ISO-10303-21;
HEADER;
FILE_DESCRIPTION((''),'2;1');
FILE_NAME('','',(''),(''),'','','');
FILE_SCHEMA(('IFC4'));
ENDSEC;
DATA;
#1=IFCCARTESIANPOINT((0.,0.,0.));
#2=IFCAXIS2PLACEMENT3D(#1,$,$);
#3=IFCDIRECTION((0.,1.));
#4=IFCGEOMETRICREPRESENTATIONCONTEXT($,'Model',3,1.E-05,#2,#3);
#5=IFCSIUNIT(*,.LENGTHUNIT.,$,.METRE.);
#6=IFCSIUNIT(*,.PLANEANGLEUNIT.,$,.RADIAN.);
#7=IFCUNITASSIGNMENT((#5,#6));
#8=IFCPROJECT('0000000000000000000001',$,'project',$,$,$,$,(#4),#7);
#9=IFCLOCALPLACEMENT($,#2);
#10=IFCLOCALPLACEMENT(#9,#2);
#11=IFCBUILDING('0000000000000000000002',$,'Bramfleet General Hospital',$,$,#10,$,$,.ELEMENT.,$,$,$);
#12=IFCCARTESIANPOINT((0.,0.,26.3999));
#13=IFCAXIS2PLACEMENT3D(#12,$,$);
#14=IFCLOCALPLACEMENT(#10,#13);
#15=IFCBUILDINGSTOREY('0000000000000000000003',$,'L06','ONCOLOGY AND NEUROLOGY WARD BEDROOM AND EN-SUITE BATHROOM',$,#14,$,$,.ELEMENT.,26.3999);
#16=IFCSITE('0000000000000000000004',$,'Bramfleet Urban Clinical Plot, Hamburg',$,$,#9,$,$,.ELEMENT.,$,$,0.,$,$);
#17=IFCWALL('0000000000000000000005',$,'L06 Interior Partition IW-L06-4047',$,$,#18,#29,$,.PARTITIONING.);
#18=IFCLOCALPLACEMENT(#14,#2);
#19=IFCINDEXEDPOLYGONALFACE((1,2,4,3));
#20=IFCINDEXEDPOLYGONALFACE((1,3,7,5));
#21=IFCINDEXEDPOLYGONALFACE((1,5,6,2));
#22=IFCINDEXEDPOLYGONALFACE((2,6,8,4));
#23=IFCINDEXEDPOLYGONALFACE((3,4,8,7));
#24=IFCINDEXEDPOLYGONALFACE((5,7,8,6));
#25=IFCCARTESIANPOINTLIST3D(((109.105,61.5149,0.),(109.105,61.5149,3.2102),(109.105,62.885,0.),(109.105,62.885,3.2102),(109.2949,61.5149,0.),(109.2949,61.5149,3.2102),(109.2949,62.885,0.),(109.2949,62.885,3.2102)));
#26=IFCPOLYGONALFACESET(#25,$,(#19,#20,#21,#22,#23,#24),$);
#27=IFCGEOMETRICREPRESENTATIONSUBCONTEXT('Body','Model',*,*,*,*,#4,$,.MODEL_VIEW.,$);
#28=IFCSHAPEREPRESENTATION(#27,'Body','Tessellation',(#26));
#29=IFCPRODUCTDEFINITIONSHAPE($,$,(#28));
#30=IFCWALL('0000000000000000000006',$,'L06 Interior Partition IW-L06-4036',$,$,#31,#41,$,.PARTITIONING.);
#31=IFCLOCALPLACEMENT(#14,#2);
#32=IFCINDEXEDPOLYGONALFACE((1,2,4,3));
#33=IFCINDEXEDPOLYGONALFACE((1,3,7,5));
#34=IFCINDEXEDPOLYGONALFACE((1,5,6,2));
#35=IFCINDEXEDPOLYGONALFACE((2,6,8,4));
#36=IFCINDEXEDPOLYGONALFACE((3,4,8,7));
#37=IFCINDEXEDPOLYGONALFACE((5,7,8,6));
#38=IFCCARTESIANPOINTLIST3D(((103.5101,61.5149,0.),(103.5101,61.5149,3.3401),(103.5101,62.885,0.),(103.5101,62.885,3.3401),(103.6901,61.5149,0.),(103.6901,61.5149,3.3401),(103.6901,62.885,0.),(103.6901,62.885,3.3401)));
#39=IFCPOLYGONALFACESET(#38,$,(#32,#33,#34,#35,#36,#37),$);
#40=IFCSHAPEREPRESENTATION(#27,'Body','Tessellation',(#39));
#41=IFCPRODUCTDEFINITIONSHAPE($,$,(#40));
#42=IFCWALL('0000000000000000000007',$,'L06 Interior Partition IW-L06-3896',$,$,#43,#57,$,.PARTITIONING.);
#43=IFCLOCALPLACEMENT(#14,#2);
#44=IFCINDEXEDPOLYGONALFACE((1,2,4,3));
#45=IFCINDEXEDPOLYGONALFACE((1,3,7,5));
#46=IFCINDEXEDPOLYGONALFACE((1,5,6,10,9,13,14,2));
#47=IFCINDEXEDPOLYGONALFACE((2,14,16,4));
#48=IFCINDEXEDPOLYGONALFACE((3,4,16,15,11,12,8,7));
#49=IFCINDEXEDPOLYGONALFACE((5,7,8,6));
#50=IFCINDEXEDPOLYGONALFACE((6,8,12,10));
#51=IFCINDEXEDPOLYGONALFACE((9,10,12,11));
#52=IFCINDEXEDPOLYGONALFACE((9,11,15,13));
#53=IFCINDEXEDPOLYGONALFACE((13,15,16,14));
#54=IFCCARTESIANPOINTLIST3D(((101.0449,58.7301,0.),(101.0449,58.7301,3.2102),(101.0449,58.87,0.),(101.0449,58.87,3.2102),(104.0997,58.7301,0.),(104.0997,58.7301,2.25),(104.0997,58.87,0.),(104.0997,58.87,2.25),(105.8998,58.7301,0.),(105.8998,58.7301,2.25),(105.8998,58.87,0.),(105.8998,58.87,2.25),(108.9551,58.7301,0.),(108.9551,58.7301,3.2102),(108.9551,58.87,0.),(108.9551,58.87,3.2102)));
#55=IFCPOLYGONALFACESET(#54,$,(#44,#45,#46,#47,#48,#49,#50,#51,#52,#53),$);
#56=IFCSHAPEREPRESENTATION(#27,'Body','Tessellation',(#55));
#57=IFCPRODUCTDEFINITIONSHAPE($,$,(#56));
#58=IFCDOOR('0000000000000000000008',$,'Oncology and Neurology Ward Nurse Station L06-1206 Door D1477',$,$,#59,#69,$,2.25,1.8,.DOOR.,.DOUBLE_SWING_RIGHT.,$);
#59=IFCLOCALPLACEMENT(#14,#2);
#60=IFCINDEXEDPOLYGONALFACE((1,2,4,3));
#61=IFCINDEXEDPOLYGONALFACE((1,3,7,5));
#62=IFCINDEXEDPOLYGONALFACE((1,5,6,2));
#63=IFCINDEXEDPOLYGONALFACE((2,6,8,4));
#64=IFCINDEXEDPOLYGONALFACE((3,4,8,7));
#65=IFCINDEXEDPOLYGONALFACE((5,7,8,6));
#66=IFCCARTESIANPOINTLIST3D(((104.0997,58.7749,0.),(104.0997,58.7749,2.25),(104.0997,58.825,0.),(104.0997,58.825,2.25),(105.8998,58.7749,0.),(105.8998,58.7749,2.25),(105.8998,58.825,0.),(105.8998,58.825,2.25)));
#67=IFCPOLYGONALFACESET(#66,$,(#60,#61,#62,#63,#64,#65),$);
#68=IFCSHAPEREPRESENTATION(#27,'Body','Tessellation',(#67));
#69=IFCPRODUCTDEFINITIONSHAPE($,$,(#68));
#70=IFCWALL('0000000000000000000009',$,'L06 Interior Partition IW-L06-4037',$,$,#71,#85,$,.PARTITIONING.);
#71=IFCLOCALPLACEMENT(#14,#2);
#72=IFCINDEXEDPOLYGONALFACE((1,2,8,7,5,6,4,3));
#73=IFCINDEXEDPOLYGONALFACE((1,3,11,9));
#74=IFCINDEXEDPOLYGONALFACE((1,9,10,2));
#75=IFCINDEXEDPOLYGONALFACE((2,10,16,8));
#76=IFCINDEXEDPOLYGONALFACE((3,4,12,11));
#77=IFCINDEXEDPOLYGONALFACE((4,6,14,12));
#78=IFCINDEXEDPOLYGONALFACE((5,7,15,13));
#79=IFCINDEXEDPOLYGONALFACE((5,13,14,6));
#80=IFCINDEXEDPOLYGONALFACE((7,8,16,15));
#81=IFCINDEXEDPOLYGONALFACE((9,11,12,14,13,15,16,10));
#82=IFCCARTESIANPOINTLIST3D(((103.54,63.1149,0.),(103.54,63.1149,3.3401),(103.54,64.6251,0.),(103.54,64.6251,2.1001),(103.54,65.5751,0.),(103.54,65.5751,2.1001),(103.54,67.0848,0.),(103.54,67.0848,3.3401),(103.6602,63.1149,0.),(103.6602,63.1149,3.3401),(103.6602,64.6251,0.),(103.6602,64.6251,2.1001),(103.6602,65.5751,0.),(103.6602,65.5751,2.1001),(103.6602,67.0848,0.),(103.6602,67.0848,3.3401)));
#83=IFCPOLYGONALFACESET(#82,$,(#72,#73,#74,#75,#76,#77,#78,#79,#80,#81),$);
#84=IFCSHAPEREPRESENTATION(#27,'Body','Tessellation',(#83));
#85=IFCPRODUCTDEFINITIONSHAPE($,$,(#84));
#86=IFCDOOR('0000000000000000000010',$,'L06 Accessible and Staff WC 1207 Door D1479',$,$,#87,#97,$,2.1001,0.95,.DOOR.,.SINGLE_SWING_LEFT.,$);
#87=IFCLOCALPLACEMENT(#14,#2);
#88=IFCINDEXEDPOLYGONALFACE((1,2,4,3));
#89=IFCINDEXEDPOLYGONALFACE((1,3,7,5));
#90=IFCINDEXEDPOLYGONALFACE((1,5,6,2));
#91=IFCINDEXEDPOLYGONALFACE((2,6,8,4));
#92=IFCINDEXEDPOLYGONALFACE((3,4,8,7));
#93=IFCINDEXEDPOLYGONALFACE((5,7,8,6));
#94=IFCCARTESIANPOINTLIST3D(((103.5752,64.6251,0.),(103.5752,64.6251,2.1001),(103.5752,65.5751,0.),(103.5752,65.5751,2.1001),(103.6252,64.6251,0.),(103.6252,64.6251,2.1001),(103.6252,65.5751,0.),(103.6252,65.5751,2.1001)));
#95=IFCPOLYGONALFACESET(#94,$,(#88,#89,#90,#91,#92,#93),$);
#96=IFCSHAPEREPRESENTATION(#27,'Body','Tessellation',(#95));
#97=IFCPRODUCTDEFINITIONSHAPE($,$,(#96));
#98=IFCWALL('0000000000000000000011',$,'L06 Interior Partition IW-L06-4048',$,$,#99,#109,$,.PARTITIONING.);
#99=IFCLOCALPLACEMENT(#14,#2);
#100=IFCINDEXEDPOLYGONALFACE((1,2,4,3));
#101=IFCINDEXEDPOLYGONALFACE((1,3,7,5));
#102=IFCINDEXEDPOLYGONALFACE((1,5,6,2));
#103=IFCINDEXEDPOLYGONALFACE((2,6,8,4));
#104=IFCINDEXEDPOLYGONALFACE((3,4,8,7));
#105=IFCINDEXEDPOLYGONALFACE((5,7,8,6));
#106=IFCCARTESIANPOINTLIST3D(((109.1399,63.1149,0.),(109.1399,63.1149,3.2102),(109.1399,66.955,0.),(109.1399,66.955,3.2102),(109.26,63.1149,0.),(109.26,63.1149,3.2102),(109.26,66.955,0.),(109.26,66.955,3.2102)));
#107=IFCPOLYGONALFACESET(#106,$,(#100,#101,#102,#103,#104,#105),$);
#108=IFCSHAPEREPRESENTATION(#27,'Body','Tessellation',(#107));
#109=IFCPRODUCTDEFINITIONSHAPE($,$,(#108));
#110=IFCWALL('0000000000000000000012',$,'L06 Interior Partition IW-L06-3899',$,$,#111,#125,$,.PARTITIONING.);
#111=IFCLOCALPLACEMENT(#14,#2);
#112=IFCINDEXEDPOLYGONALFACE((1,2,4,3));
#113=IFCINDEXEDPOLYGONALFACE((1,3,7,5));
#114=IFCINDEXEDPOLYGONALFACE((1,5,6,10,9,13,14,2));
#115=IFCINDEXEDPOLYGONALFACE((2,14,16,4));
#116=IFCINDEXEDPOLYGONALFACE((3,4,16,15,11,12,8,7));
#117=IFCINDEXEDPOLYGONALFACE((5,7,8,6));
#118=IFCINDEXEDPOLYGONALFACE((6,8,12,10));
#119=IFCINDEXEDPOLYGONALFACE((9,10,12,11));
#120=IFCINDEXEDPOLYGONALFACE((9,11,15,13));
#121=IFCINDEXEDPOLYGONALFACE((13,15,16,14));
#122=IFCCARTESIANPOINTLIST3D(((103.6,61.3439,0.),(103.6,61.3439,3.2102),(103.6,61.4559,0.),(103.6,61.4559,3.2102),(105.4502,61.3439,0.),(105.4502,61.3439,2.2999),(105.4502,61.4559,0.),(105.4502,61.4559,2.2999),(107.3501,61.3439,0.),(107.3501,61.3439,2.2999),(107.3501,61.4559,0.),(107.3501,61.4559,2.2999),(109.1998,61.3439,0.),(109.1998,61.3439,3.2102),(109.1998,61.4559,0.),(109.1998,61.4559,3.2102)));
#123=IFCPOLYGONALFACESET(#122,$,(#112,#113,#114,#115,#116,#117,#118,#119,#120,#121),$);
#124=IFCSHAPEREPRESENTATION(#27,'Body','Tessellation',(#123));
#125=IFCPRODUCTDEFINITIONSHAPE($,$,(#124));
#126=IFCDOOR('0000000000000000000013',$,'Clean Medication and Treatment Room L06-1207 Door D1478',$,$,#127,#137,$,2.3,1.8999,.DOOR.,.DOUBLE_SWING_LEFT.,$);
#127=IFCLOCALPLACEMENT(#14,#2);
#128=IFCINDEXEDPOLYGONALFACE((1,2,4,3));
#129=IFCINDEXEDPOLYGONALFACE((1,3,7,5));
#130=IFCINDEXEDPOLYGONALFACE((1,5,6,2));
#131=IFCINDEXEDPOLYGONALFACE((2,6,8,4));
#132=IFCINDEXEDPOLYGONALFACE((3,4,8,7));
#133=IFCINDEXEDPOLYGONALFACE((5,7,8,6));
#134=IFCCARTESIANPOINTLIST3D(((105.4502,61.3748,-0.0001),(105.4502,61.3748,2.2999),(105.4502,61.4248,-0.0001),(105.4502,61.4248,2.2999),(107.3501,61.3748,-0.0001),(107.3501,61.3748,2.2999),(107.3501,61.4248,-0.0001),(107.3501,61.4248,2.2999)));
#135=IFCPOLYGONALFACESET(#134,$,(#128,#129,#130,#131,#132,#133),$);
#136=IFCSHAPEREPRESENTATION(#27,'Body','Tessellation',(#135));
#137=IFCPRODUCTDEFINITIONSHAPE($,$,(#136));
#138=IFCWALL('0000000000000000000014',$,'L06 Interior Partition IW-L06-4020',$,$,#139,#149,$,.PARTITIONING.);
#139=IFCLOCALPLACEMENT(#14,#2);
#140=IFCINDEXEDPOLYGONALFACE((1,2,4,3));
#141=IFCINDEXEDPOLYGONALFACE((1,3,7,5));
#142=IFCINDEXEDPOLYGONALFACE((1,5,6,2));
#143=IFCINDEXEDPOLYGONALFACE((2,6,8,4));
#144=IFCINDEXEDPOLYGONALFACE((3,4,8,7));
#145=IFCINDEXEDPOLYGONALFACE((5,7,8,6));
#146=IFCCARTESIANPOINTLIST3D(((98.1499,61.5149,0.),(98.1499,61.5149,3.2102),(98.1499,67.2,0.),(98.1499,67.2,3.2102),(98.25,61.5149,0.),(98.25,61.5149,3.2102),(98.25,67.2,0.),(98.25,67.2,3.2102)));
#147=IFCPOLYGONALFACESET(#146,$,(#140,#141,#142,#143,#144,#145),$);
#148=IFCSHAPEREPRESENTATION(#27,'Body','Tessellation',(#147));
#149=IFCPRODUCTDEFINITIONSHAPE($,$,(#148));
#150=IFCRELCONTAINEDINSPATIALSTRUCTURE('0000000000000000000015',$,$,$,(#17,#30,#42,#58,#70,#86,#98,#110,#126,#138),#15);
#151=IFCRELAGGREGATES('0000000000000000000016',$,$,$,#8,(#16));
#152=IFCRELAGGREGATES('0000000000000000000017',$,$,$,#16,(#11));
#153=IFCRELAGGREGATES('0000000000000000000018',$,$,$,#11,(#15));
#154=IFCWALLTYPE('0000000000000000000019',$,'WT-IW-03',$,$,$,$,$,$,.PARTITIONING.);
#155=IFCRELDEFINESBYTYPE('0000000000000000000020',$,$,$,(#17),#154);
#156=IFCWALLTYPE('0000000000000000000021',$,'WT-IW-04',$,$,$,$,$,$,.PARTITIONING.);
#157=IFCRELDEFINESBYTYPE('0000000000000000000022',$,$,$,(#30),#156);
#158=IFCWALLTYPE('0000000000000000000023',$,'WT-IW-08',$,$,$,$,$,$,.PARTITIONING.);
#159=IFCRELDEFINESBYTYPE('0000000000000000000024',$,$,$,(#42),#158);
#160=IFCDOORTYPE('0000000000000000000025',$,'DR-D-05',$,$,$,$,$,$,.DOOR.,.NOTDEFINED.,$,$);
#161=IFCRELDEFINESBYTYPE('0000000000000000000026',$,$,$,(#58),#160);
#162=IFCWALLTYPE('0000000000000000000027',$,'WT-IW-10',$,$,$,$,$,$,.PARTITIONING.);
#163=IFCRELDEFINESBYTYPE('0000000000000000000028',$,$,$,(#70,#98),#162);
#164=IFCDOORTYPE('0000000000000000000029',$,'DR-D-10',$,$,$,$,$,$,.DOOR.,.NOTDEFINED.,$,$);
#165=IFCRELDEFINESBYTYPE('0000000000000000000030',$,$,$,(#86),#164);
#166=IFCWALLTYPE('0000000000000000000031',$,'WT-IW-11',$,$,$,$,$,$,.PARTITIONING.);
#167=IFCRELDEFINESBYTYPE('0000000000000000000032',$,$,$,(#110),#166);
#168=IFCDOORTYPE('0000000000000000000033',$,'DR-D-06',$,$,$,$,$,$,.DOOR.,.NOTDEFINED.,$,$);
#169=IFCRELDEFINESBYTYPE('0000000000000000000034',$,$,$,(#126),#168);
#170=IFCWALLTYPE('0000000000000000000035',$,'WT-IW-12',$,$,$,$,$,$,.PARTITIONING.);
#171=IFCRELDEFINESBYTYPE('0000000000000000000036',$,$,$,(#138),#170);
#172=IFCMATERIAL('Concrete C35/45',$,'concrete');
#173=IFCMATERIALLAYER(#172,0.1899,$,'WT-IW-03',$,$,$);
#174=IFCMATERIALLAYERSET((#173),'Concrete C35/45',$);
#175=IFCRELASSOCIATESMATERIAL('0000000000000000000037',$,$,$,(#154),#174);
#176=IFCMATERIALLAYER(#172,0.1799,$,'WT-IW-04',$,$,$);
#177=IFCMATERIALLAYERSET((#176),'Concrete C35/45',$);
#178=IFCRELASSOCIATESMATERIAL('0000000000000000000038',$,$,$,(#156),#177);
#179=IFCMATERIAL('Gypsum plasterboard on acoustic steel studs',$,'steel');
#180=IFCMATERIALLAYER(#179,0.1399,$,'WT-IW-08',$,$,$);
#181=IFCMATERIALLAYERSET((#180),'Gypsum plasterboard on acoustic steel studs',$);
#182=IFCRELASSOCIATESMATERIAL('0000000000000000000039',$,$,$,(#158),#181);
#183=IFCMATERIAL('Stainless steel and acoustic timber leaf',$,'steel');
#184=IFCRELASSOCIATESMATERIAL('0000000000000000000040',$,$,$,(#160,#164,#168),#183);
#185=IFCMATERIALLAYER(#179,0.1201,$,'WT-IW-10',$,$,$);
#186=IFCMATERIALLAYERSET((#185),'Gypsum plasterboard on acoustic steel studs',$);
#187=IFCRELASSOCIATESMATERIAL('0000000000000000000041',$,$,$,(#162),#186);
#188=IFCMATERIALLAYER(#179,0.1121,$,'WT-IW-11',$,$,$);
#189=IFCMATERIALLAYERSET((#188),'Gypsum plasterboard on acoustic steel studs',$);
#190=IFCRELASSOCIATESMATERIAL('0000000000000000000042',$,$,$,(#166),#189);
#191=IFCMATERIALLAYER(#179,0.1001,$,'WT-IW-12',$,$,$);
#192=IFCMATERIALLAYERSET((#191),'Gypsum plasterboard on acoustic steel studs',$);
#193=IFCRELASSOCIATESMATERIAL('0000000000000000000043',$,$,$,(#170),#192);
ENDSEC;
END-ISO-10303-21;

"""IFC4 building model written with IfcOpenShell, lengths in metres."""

from ifc_helpers import new_model, si_unit, direction, frame, frame_2d, origin, place, context, subcontext, project, spatial, rectangle, extrude, material, layer, layer_set, type_object, element, fill, save


model = new_model("IFC4")

# Units and contexts
model_context = context("Model", 3, precision=1e-05, world=origin(), true_north=direction((0.0, 1.0)))
body_context = subcontext(model_context, "Body", "Model", "MODEL_VIEW")
ifc_project = project(units=[si_unit("LENGTHUNIT", "METRE"), si_unit("PLANEANGLEUNIT", "RADIAN")], contexts=[model_context])

# Site, building, storey
site_placement = place(None, origin())
site = spatial("IfcSite", under=ifc_project, at=site_placement, Name="Bramfleet Urban Clinical Plot, Hamburg", CompositionType="ELEMENT", RefElevation=0.0)
building_placement = place(site_placement, origin())
building = spatial("IfcBuilding", under=site, at=building_placement, Name="Bramfleet General Hospital", CompositionType="ELEMENT")
storey_placement = place(building_placement, frame((0.0, 0.0, 26.3999)))
storey = spatial("IfcBuildingStorey", under=building, at=storey_placement, Name="L06", Description="ONCOLOGY AND NEUROLOGY WARD BEDROOM AND EN-SUITE BATHROOM", CompositionType="ELEMENT", Elevation=26.3999)

# Walls
ifc_material_1 = material(Name="Concrete C35/45", Category="concrete")
ifc_layer_1 = layer(ifc_material_1, 0.1899, Name="WT-IW-03")
ifc_layer_set_1 = layer_set([ifc_layer_1], Name="Concrete C35/45")
wall_type_1 = type_object("IfcWallType", Name="WT-IW-03", PredefinedType="PARTITIONING", material=ifc_layer_set_1)
wall_1_placement = place(storey_placement, frame((109.2, 61.5149, 0.0), z_axis=(0.0, 0.0, 1.0), x_axis=(0.0, 1.0, 0.0)))
element("IfcWall", 1, at=wall_1_placement, inside=storey, type_object=wall_type_1, Name="L06 Interior Partition IW-L06-4047", PredefinedType="PARTITIONING", context=body_context, shape_type="SweptSolid", body=[
    extrude(rectangle(XDim=1.3701, YDim=0.1899, at=frame_2d((0.6851, 0.0))), origin(), (0.0, 0.0, 1.0), 3.2102),
])
ifc_layer_2 = layer(ifc_material_1, 0.1799, Name="WT-IW-04")
ifc_layer_set_2 = layer_set([ifc_layer_2], Name="Concrete C35/45")
wall_type_2 = type_object("IfcWallType", Name="WT-IW-04", PredefinedType="PARTITIONING", material=ifc_layer_set_2)
wall_2_placement = place(storey_placement, frame((103.6001, 61.5149, 0.0), z_axis=(0.0, 0.0, 1.0), x_axis=(0.0, 1.0, 0.0)))
element("IfcWall", 2, at=wall_2_placement, inside=storey, type_object=wall_type_2, Name="L06 Interior Partition IW-L06-4036", PredefinedType="PARTITIONING", context=body_context, shape_type="SweptSolid", body=[
    extrude(rectangle(XDim=1.3701, YDim=0.1799, at=frame_2d((0.6851, 0.0))), origin(), (0.0, 0.0, 1.0), 3.3401),
])

# Walls, openings, doors
ifc_material_2 = material(Name="Gypsum plasterboard on acoustic steel studs", Category="steel")
ifc_layer_3 = layer(ifc_material_2, 0.1399, Name="WT-IW-08")
ifc_layer_set_3 = layer_set([ifc_layer_3], Name="Gypsum plasterboard on acoustic steel studs")
wall_type_3 = type_object("IfcWallType", Name="WT-IW-08", PredefinedType="PARTITIONING", material=ifc_layer_set_3)
wall_3_placement = place(storey_placement, frame((101.0449, 58.8, 0.0), z_axis=(0.0, 0.0, 1.0), x_axis=(1.0, 0.0, 0.0)))
wall_3 = element("IfcWall", 3, at=wall_3_placement, inside=storey, type_object=wall_type_3, Name="L06 Interior Partition IW-L06-3896", PredefinedType="PARTITIONING", context=body_context, shape_type="SweptSolid", body=[
    extrude(rectangle(XDim=7.9102, YDim=0.1399, at=frame_2d((3.9551, 0.0))), origin(), (0.0, 0.0, 1.0), 3.2102),
])
opening_1_placement = place(wall_3_placement, frame((3.0549, 0.0, 0.0)))
opening_1 = element("IfcOpeningElement", 4, at=opening_1_placement, cuts=wall_3, PredefinedType="OPENING", context=body_context, shape_type="SweptSolid", body=[
    extrude(rectangle(XDim=1.8, YDim=2.25, at=frame_2d((0.8999, 1.125))), frame((0.0, 0.0798, 0.0), z_axis=(0.0, -1.0, 0.0), x_axis=(1.0, 0.0, 0.0)), (0.0, 0.0, 1.0), 0.1599),
])
ifc_material_3 = material(Name="Stainless steel and acoustic timber leaf", Category="steel")
door_type_1 = type_object("IfcDoorType", Name="DR-D-05", OperationType="NOTDEFINED", PredefinedType="DOOR", material=ifc_material_3)
door_1_placement = place(opening_1_placement, origin())
door_1 = element("IfcDoor", 5, at=door_1_placement, inside=storey, type_object=door_type_1, Name="Oncology and Neurology Ward Nurse Station L06-1206 Door D1477", OperationType="DOUBLE_SWING_RIGHT", OverallHeight=2.25, OverallWidth=1.8, PredefinedType="DOOR", context=body_context, shape_type="SweptSolid", body=[
    extrude(rectangle(XDim=1.8, YDim=2.25, at=frame_2d((0.8999, 1.125))), frame((0.0, 0.0249, 0.0), z_axis=(0.0, -1.0, 0.0), x_axis=(1.0, 0.0, 0.0)), (0.0, 0.0, 1.0), 0.05),
])
fill(opening_1, door_1)
ifc_layer_4 = layer(ifc_material_2, 0.1201, Name="WT-IW-10")
ifc_layer_set_4 = layer_set([ifc_layer_4], Name="Gypsum plasterboard on acoustic steel studs")
wall_type_4 = type_object("IfcWallType", Name="WT-IW-10", PredefinedType="PARTITIONING", material=ifc_layer_set_4)
wall_4_placement = place(storey_placement, frame((103.6001, 63.115, 0.0), z_axis=(0.0, 0.0, 1.0), x_axis=(0.0, 1.0, 0.0)))
wall_4 = element("IfcWall", 6, at=wall_4_placement, inside=storey, type_object=wall_type_4, Name="L06 Interior Partition IW-L06-4037", PredefinedType="PARTITIONING", context=body_context, shape_type="SweptSolid", body=[
    extrude(rectangle(XDim=3.97, YDim=0.1201, at=frame_2d((1.9849, 0.0))), origin(), (0.0, 0.0, 1.0), 3.3401),
])
opening_2_placement = place(wall_4_placement, frame((1.51, 0.0, 0.0)))
opening_2 = element("IfcOpeningElement", 7, at=opening_2_placement, cuts=wall_4, PredefinedType="OPENING", context=body_context, shape_type="SweptSolid", body=[
    extrude(rectangle(XDim=0.95, YDim=2.1001, at=frame_2d((0.4751, 1.05))), frame((0.0, 0.0701, 0.0), z_axis=(0.0, -1.0, 0.0), x_axis=(1.0, 0.0, 0.0)), (0.0, 0.0, 1.0), 0.1401),
])
door_type_2 = type_object("IfcDoorType", Name="DR-D-10", OperationType="NOTDEFINED", PredefinedType="DOOR", material=ifc_material_3)
door_2_placement = place(opening_2_placement, origin())
door_2 = element("IfcDoor", 8, at=door_2_placement, inside=storey, type_object=door_type_2, Name="L06 Accessible and Staff WC 1207 Door D1479", OperationType="SINGLE_SWING_LEFT", OverallHeight=2.1001, OverallWidth=0.95, PredefinedType="DOOR", context=body_context, shape_type="SweptSolid", body=[
    extrude(rectangle(XDim=0.95, YDim=2.1001, at=frame_2d((0.4751, 1.05))), frame((0.0, 0.0249, 0.0), z_axis=(0.0, -1.0, 0.0), x_axis=(1.0, 0.0, 0.0)), (0.0, 0.0, 1.0), 0.05),
])
fill(opening_2, door_2)

# Wall
wall_5_placement = place(storey_placement, frame((109.2, 63.115, 0.0), z_axis=(0.0, 0.0, 1.0), x_axis=(0.0, 1.0, 0.0)))
element("IfcWall", 9, at=wall_5_placement, inside=storey, type_object=wall_type_4, Name="L06 Interior Partition IW-L06-4048", PredefinedType="PARTITIONING", context=body_context, shape_type="SweptSolid", body=[
    extrude(rectangle(XDim=3.8401, YDim=0.1201, at=frame_2d((1.9199, 0.0))), origin(), (0.0, 0.0, 1.0), 3.2102),
])

# Wall, opening, door
ifc_layer_5 = layer(ifc_material_2, 0.1121, Name="WT-IW-11")
ifc_layer_set_5 = layer_set([ifc_layer_5], Name="Gypsum plasterboard on acoustic steel studs")
wall_type_5 = type_object("IfcWallType", Name="WT-IW-11", PredefinedType="PARTITIONING", material=ifc_layer_set_5)
wall_6_placement = place(storey_placement, frame((103.6001, 61.3999, 0.0), z_axis=(0.0, 0.0, 1.0), x_axis=(1.0, 0.0, 0.0)))
wall_6 = element("IfcWall", 10, at=wall_6_placement, inside=storey, type_object=wall_type_5, Name="L06 Interior Partition IW-L06-3899", PredefinedType="PARTITIONING", context=body_context, shape_type="SweptSolid", body=[
    extrude(rectangle(XDim=5.5999, YDim=0.1121, at=frame_2d((2.7998, 0.0))), origin(), (0.0, 0.0, 1.0), 3.2102),
])
opening_3_placement = place(wall_6_placement, frame((1.8501, 0.0, 0.0)))
opening_3 = element("IfcOpeningElement", 11, at=opening_3_placement, cuts=wall_6, PredefinedType="OPENING", context=body_context, shape_type="SweptSolid", body=[
    extrude(rectangle(XDim=1.8999, YDim=2.3, at=frame_2d((0.95, 1.1499))), frame((0.0, 0.0659, 0.0), z_axis=(0.0, -1.0, 0.0), x_axis=(1.0, 0.0, 0.0)), (0.0, 0.0, 1.0), 0.1321),
])
door_type_3 = type_object("IfcDoorType", Name="DR-D-06", OperationType="NOTDEFINED", PredefinedType="DOOR", material=ifc_material_3)
door_3_placement = place(opening_3_placement, origin())
door_3 = element("IfcDoor", 12, at=door_3_placement, inside=storey, type_object=door_type_3, Name="Clean Medication and Treatment Room L06-1207 Door D1478", OperationType="DOUBLE_SWING_LEFT", OverallHeight=2.3, OverallWidth=1.8999, PredefinedType="DOOR", context=body_context, shape_type="SweptSolid", body=[
    extrude(rectangle(XDim=1.8999, YDim=2.3, at=frame_2d((0.95, 1.1499))), frame((0.0, 0.0249, 0.0), z_axis=(0.0, -1.0, 0.0), x_axis=(1.0, 0.0, 0.0)), (0.0, 0.0, 1.0), 0.05),
])
fill(opening_3, door_3)

# Wall
ifc_layer_6 = layer(ifc_material_2, 0.1001, Name="WT-IW-12")
ifc_layer_set_6 = layer_set([ifc_layer_6], Name="Gypsum plasterboard on acoustic steel studs")
wall_type_6 = type_object("IfcWallType", Name="WT-IW-12", PredefinedType="PARTITIONING", material=ifc_layer_set_6)
wall_7_placement = place(storey_placement, frame((98.2, 61.5149, 0.0), z_axis=(0.0, 0.0, 1.0), x_axis=(0.0, 1.0, 0.0)))
element("IfcWall", 13, at=wall_7_placement, inside=storey, type_object=wall_type_6, Name="L06 Interior Partition IW-L06-4020", PredefinedType="PARTITIONING", context=body_context, shape_type="SweptSolid", body=[
    extrude(rectangle(XDim=5.6851, YDim=0.1001, at=frame_2d((2.8425, 0.0))), origin(), (0.0, 0.0, 1.0), 3.2102),
])

save(model, "model.ifc")
